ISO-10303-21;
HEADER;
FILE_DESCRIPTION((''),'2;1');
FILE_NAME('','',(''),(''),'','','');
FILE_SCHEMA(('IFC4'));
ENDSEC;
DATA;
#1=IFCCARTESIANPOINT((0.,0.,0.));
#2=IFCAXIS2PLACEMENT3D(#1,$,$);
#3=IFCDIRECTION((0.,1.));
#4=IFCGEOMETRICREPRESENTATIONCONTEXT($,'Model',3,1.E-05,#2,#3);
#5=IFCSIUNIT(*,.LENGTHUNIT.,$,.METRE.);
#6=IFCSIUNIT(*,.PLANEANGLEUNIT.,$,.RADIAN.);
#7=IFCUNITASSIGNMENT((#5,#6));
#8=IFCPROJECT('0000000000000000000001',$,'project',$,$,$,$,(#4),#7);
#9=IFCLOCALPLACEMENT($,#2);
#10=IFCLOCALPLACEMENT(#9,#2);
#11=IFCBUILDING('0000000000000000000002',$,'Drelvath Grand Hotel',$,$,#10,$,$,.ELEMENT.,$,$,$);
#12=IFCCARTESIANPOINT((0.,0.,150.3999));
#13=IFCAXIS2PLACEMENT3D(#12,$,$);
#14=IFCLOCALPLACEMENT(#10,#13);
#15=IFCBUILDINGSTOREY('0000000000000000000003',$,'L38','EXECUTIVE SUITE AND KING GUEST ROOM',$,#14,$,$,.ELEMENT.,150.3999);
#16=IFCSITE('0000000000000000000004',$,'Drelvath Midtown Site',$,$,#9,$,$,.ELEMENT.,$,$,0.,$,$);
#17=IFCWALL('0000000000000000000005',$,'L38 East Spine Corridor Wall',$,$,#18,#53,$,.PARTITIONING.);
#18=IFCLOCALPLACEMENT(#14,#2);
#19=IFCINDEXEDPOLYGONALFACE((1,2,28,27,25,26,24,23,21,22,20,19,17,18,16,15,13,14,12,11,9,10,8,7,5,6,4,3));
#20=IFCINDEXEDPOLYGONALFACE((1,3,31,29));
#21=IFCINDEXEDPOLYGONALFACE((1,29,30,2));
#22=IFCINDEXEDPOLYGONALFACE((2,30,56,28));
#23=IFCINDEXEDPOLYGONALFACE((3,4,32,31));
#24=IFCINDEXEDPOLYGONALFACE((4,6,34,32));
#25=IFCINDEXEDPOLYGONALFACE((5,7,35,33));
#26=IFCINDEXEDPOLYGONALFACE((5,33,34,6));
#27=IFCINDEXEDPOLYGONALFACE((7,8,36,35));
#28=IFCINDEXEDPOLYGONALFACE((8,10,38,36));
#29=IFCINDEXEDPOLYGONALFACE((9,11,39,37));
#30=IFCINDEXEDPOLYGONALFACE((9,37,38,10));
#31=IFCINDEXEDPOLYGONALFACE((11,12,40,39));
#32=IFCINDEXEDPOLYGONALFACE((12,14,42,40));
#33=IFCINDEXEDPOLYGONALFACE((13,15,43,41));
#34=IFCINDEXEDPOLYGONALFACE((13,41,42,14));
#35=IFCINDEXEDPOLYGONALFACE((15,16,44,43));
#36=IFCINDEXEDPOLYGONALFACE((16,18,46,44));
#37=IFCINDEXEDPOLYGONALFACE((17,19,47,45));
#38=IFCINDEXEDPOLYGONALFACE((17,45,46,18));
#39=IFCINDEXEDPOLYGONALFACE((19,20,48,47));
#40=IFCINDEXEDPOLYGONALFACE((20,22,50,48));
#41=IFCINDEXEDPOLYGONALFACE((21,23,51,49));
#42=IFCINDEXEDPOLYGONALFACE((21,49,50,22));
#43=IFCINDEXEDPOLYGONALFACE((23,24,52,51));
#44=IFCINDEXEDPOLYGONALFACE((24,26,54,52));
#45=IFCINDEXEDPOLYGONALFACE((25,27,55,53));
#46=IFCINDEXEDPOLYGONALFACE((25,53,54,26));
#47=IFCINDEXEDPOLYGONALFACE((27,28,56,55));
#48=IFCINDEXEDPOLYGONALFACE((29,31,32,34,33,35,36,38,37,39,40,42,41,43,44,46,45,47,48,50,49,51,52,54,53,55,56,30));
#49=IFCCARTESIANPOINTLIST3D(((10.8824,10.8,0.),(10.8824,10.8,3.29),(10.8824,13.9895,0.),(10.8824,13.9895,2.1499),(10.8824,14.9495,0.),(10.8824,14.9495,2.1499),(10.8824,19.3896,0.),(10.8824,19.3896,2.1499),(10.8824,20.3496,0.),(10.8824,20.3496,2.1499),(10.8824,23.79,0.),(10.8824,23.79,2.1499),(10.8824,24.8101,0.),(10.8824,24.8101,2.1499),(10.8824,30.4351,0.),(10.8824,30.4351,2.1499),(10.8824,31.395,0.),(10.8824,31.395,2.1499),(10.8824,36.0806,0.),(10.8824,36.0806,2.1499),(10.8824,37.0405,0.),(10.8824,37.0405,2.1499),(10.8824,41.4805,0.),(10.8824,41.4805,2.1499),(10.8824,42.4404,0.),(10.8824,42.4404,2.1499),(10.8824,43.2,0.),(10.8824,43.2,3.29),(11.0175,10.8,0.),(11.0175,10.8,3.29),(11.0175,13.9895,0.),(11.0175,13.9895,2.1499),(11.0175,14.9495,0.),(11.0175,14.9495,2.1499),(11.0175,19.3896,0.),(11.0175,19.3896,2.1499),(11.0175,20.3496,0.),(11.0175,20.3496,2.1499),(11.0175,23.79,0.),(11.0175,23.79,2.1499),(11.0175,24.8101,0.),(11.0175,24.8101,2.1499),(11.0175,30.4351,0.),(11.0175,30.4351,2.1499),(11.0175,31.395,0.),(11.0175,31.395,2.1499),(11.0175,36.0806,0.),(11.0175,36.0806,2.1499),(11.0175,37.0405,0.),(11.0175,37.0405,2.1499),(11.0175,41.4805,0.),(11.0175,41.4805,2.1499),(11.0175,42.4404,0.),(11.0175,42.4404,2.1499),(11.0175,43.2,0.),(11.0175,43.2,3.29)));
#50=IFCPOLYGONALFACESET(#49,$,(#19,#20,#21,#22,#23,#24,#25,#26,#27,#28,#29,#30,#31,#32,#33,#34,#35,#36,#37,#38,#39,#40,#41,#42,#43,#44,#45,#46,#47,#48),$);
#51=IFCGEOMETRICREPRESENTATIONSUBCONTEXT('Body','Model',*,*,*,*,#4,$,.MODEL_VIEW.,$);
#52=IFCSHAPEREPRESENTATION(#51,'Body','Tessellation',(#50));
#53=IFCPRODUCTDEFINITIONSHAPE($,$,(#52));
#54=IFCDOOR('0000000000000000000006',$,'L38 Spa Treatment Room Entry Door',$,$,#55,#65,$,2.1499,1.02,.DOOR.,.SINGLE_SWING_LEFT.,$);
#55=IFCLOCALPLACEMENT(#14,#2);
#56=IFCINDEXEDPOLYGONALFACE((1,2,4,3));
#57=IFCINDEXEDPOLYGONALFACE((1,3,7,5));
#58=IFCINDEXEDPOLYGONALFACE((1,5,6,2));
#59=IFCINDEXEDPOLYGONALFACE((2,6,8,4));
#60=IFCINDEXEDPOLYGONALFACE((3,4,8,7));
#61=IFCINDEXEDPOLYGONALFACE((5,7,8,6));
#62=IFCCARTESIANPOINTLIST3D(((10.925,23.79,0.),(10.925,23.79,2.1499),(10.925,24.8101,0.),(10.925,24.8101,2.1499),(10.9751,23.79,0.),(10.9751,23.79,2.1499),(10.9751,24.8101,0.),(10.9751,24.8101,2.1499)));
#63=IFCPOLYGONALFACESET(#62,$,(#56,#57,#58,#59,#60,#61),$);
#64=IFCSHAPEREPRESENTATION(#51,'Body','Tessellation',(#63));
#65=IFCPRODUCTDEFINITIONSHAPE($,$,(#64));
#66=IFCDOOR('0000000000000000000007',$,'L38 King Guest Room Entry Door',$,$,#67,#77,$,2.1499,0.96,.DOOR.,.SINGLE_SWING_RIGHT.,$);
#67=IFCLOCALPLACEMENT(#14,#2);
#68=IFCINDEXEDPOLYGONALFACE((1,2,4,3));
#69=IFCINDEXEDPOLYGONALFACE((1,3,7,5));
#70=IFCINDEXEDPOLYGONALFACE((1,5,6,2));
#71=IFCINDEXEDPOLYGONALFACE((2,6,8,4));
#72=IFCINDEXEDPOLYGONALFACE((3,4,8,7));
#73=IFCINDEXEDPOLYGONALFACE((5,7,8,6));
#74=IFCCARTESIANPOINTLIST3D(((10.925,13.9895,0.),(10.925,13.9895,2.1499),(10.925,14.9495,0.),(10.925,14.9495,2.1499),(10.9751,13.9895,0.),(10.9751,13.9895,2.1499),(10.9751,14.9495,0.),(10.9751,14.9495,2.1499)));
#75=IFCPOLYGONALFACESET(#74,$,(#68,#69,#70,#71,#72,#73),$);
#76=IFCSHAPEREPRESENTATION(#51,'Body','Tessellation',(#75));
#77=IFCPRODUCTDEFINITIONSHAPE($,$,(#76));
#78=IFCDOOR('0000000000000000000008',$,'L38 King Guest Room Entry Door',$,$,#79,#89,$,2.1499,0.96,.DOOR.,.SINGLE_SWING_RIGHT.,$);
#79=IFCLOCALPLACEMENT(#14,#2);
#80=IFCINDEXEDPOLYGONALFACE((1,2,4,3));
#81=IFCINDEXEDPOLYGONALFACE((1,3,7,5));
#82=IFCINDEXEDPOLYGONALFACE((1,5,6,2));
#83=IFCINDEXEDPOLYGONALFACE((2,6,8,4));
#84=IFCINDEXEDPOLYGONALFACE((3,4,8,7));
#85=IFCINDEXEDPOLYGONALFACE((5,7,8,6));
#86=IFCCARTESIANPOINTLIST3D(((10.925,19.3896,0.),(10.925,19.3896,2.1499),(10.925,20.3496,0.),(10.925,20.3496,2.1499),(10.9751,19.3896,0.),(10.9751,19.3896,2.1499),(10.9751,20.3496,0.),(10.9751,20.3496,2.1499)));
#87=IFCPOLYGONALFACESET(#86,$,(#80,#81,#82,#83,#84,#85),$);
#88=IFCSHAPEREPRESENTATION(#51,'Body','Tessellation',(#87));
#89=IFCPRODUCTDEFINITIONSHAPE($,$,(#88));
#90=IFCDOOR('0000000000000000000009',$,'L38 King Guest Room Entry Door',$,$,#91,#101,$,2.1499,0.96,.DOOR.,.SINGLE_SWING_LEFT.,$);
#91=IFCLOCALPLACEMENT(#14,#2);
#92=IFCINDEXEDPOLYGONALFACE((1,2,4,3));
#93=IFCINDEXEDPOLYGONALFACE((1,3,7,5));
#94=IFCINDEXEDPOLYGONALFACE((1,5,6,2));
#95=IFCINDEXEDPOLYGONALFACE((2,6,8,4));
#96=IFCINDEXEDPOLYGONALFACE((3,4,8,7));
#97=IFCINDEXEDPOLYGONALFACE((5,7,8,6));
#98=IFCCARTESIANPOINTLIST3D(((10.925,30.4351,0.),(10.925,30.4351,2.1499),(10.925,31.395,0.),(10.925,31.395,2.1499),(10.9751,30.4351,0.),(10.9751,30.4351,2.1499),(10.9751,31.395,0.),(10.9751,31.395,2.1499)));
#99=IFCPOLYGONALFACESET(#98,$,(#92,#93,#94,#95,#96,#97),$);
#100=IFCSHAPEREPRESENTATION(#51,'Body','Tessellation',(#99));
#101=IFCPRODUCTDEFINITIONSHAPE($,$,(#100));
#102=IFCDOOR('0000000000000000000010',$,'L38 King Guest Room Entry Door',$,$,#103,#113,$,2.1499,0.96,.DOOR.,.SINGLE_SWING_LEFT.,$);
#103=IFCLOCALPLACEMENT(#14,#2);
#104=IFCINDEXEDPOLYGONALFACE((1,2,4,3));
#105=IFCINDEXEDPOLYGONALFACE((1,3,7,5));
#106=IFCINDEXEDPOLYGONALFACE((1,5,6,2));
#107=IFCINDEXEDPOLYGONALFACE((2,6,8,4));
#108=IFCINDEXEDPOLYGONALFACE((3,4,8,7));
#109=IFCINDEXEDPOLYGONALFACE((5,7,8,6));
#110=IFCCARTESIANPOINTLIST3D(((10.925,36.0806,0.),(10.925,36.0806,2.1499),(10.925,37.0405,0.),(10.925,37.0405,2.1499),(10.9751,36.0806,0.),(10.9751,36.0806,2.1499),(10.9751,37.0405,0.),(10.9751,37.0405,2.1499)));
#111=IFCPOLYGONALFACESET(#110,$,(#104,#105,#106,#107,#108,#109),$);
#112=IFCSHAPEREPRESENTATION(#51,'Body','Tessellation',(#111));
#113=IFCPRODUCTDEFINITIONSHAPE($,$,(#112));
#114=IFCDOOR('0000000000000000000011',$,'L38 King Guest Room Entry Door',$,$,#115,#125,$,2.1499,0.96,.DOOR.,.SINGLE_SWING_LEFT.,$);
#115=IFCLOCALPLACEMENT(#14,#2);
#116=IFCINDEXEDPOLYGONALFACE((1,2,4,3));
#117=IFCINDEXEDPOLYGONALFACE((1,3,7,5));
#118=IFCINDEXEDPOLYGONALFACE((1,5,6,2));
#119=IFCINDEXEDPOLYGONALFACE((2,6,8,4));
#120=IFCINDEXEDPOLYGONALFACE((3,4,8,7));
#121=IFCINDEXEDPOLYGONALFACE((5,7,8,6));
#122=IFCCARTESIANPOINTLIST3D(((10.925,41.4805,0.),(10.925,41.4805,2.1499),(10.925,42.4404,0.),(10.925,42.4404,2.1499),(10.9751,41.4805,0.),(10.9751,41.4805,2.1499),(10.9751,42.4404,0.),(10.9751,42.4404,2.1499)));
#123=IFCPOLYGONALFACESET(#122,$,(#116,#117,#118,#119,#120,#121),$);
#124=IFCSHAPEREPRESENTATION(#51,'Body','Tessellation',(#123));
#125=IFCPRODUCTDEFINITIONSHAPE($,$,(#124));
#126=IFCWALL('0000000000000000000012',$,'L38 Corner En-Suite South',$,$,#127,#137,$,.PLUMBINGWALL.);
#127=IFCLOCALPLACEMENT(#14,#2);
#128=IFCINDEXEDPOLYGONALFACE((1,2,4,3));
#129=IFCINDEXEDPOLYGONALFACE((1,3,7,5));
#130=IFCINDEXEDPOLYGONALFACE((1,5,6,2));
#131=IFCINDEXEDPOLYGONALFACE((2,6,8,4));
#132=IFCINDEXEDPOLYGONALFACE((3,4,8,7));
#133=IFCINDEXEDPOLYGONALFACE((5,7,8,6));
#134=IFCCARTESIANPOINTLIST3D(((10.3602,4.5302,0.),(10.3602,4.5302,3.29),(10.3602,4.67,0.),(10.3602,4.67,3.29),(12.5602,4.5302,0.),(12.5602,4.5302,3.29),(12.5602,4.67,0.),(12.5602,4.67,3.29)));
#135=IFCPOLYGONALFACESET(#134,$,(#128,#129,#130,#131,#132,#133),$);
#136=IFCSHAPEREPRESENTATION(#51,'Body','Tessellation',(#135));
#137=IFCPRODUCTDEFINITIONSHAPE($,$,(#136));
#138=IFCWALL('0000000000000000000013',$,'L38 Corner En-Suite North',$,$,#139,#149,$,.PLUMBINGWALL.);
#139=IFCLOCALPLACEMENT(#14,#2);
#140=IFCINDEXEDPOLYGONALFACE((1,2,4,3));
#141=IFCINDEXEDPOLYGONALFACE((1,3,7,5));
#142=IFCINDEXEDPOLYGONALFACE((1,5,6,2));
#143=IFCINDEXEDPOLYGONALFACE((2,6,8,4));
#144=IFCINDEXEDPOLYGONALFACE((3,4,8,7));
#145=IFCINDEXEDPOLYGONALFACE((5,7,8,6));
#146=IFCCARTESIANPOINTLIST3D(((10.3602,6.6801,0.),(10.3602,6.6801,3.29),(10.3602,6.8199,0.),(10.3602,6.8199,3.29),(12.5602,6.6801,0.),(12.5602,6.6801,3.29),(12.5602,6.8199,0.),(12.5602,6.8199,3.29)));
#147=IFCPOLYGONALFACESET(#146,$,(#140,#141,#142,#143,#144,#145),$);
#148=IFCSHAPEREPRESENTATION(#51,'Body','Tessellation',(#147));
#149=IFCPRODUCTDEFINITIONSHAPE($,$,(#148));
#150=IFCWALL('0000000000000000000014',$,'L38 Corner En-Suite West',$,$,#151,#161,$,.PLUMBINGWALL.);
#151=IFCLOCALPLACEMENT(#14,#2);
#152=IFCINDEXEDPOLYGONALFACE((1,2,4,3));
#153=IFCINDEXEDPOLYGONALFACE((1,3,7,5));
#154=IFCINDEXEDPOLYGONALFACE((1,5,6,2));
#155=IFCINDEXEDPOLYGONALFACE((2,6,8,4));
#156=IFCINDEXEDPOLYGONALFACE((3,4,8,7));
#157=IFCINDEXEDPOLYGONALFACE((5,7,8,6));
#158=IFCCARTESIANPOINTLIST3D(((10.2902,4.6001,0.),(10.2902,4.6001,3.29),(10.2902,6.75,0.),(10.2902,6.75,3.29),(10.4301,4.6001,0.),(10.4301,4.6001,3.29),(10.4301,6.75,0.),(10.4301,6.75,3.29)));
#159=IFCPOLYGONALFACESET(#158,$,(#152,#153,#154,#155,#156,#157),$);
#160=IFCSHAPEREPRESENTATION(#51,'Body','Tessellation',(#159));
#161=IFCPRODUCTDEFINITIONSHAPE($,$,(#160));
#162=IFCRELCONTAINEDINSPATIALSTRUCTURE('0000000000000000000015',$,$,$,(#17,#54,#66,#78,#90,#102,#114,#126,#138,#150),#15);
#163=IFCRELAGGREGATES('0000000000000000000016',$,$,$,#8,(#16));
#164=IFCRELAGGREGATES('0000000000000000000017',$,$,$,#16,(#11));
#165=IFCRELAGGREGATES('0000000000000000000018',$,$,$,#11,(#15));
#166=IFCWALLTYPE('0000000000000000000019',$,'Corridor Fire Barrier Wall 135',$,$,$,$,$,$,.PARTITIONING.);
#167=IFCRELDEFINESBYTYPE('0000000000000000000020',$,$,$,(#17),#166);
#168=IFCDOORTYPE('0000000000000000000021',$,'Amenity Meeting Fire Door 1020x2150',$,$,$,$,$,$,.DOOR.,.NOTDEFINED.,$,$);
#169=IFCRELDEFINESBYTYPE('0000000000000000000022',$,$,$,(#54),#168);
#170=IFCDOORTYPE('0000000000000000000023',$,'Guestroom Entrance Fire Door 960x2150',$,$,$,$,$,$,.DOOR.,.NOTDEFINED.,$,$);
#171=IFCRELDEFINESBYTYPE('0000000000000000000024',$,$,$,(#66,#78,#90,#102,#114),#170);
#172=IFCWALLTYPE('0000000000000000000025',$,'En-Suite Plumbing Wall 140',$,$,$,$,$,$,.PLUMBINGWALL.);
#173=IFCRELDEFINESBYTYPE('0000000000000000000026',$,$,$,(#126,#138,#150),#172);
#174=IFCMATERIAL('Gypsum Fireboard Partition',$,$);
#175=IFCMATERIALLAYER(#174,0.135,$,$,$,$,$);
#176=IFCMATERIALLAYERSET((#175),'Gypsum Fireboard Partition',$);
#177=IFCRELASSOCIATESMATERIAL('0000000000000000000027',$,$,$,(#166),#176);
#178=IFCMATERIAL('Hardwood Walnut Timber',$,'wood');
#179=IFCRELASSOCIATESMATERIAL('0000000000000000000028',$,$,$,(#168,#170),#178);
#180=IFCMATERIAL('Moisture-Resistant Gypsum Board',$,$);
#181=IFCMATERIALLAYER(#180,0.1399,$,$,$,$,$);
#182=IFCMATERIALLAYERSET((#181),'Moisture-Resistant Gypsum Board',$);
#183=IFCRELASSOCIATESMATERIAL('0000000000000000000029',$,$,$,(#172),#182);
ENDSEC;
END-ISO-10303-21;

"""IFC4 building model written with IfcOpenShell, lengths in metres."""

from ifc_helpers import new_model, si_unit, direction, frame, frame_2d, origin, place, context, subcontext, project, spatial, rectangle, extrude, material, layer, layer_set, type_object, element, fill, save


model = new_model("IFC4")

# Units and contexts
model_context = context("Model", 3, precision=1e-05, world=origin(), true_north=direction((0.0, 1.0)))
body_context = subcontext(model_context, "Body", "Model", "MODEL_VIEW")
ifc_project = project(units=[si_unit("LENGTHUNIT", "METRE"), si_unit("PLANEANGLEUNIT", "RADIAN")], contexts=[model_context])

# Site, building, storey
site_placement = place(None, origin())
site = spatial("IfcSite", under=ifc_project, at=site_placement, Name="Drelvath Midtown Site", CompositionType="ELEMENT", RefElevation=0.0)
building_placement = place(site_placement, origin())
building = spatial("IfcBuilding", under=site, at=building_placement, Name="Drelvath Grand Hotel", CompositionType="ELEMENT")
storey_placement = place(building_placement, frame((0.0, 0.0, 150.3999)))
storey = spatial("IfcBuildingStorey", under=building, at=storey_placement, Name="L38", Description="EXECUTIVE SUITE AND KING GUEST ROOM", CompositionType="ELEMENT", Elevation=150.3999)

# Wall, openings, doors
ifc_material_1 = material(Name="Gypsum Fireboard Partition")
ifc_layer_1 = layer(ifc_material_1, 0.135)
ifc_layer_set_1 = layer_set([ifc_layer_1], Name="Gypsum Fireboard Partition")
wall_type_1 = type_object("IfcWallType", Name="Corridor Fire Barrier Wall 135", PredefinedType="PARTITIONING", material=ifc_layer_set_1)
wall_1_placement = place(storey_placement, frame((10.95, 10.8, 0.0), z_axis=(0.0, 0.0, 1.0), x_axis=(0.0, 1.0, 0.0)))
wall_1 = element("IfcWall", 1, at=wall_1_placement, inside=storey, type_object=wall_type_1, Name="L38 East Spine Corridor Wall", PredefinedType="PARTITIONING", context=body_context, shape_type="SweptSolid", body=[
    extrude(rectangle(XDim=32.3999, YDim=0.135, at=frame_2d((16.2, 0.0))), origin(), (0.0, 0.0, 1.0), 3.29),
])
opening_1_placement = place(wall_1_placement, frame((3.1895, 0.0, 0.0)))
opening_1 = element("IfcOpeningElement", 2, at=opening_1_placement, cuts=wall_1, PredefinedType="OPENING", context=body_context, shape_type="SweptSolid", body=[
    extrude(rectangle(XDim=0.96, YDim=2.1499, at=frame_2d((0.48, 1.075))), frame((0.0, 0.0774, 0.0), z_axis=(0.0, -1.0, 0.0), x_axis=(1.0, 0.0, 0.0)), (0.0, 0.0, 1.0), 0.155),
])
opening_2_placement = place(wall_1_placement, frame((8.5896, 0.0, 0.0)))
opening_2 = element("IfcOpeningElement", 3, at=opening_2_placement, cuts=wall_1, PredefinedType="OPENING", context=body_context, shape_type="SweptSolid", body=[
    extrude(rectangle(XDim=0.96, YDim=2.1499, at=frame_2d((0.48, 1.075))), frame((0.0, 0.0774, 0.0), z_axis=(0.0, -1.0, 0.0), x_axis=(1.0, 0.0, 0.0)), (0.0, 0.0, 1.0), 0.155),
])
opening_3_placement = place(wall_1_placement, frame((12.99, 0.0, 0.0)))
opening_3 = element("IfcOpeningElement", 4, at=opening_3_placement, cuts=wall_1, PredefinedType="OPENING", context=body_context, shape_type="SweptSolid", body=[
    extrude(rectangle(XDim=1.02, YDim=2.1499, at=frame_2d((0.51, 1.075))), frame((0.0, 0.0774, 0.0), z_axis=(0.0, -1.0, 0.0), x_axis=(1.0, 0.0, 0.0)), (0.0, 0.0, 1.0), 0.155),
])
opening_4_placement = place(wall_1_placement, frame((19.635, 0.0, 0.0)))
opening_4 = element("IfcOpeningElement", 5, at=opening_4_placement, cuts=wall_1, PredefinedType="OPENING", context=body_context, shape_type="SweptSolid", body=[
    extrude(rectangle(XDim=0.96, YDim=2.1499, at=frame_2d((0.48, 1.075))), frame((0.0, 0.0774, 0.0), z_axis=(0.0, -1.0, 0.0), x_axis=(1.0, 0.0, 0.0)), (0.0, 0.0, 1.0), 0.155),
])
opening_5_placement = place(wall_1_placement, frame((25.2805, 0.0, 0.0)))
opening_5 = element("IfcOpeningElement", 6, at=opening_5_placement, cuts=wall_1, PredefinedType="OPENING", context=body_context, shape_type="SweptSolid", body=[
    extrude(rectangle(XDim=0.96, YDim=2.1499, at=frame_2d((0.48, 1.075))), frame((0.0, 0.0774, 0.0), z_axis=(0.0, -1.0, 0.0), x_axis=(1.0, 0.0, 0.0)), (0.0, 0.0, 1.0), 0.155),
])
opening_6_placement = place(wall_1_placement, frame((30.6804, 0.0, 0.0)))
opening_6 = element("IfcOpeningElement", 7, at=opening_6_placement, cuts=wall_1, PredefinedType="OPENING", context=body_context, shape_type="SweptSolid", body=[
    extrude(rectangle(XDim=0.96, YDim=2.1499, at=frame_2d((0.48, 1.075))), frame((0.0, 0.0774, 0.0), z_axis=(0.0, -1.0, 0.0), x_axis=(1.0, 0.0, 0.0)), (0.0, 0.0, 1.0), 0.155),
])
ifc_material_2 = material(Name="Hardwood Walnut Timber", Category="wood")
door_type_1 = type_object("IfcDoorType", Name="Amenity Meeting Fire Door 1020x2150", OperationType="NOTDEFINED", PredefinedType="DOOR", material=ifc_material_2)
door_1_placement = place(opening_3_placement, origin())
door_1 = element("IfcDoor", 8, at=door_1_placement, inside=storey, type_object=door_type_1, Name="L38 Spa Treatment Room Entry Door", OperationType="SINGLE_SWING_LEFT", OverallHeight=2.1499, OverallWidth=1.02, PredefinedType="DOOR", context=body_context, shape_type="SweptSolid", body=[
    extrude(rectangle(XDim=1.02, YDim=2.1499, at=frame_2d((0.51, 1.075))), frame((0.0, 0.0249, 0.0), z_axis=(0.0, -1.0, 0.0), x_axis=(1.0, 0.0, 0.0)), (0.0, 0.0, 1.0), 0.05),
])
fill(opening_3, door_1)
door_type_2 = type_object("IfcDoorType", Name="Guestroom Entrance Fire Door 960x2150", OperationType="NOTDEFINED", PredefinedType="DOOR", material=ifc_material_2)
door_2_placement = place(opening_1_placement, origin())
door_2 = element("IfcDoor", 9, at=door_2_placement, inside=storey, type_object=door_type_2, Name="L38 King Guest Room Entry Door", OperationType="SINGLE_SWING_RIGHT", OverallHeight=2.1499, OverallWidth=0.96, PredefinedType="DOOR", context=body_context, shape_type="SweptSolid", body=[
    extrude(rectangle(XDim=0.96, YDim=2.1499, at=frame_2d((0.48, 1.075))), frame((0.0, 0.0249, 0.0), z_axis=(0.0, -1.0, 0.0), x_axis=(1.0, 0.0, 0.0)), (0.0, 0.0, 1.0), 0.05),
])
fill(opening_1, door_2)
door_3_placement = place(opening_2_placement, origin())
door_3 = element("IfcDoor", 10, at=door_3_placement, inside=storey, type_object=door_type_2, Name="L38 King Guest Room Entry Door", OperationType="SINGLE_SWING_RIGHT", OverallHeight=2.1499, OverallWidth=0.96, PredefinedType="DOOR", context=body_context, shape_type="SweptSolid", body=[
    extrude(rectangle(XDim=0.96, YDim=2.1499, at=frame_2d((0.48, 1.075))), frame((0.0, 0.0249, 0.0), z_axis=(0.0, -1.0, 0.0), x_axis=(1.0, 0.0, 0.0)), (0.0, 0.0, 1.0), 0.05),
])
fill(opening_2, door_3)
door_4_placement = place(opening_4_placement, origin())
door_4 = element("IfcDoor", 11, at=door_4_placement, inside=storey, type_object=door_type_2, Name="L38 King Guest Room Entry Door", OperationType="SINGLE_SWING_LEFT", OverallHeight=2.1499, OverallWidth=0.96, PredefinedType="DOOR", context=body_context, shape_type="SweptSolid", body=[
    extrude(rectangle(XDim=0.96, YDim=2.1499, at=frame_2d((0.48, 1.075))), frame((0.0, 0.0249, 0.0), z_axis=(0.0, -1.0, 0.0), x_axis=(1.0, 0.0, 0.0)), (0.0, 0.0, 1.0), 0.05),
])
fill(opening_4, door_4)
door_5_placement = place(opening_5_placement, origin())
door_5 = element("IfcDoor", 12, at=door_5_placement, inside=storey, type_object=door_type_2, Name="L38 King Guest Room Entry Door", OperationType="SINGLE_SWING_LEFT", OverallHeight=2.1499, OverallWidth=0.96, PredefinedType="DOOR", context=body_context, shape_type="SweptSolid", body=[
    extrude(rectangle(XDim=0.96, YDim=2.1499, at=frame_2d((0.48, 1.075))), frame((0.0, 0.0249, 0.0), z_axis=(0.0, -1.0, 0.0), x_axis=(1.0, 0.0, 0.0)), (0.0, 0.0, 1.0), 0.05),
])
fill(opening_5, door_5)
door_6_placement = place(opening_6_placement, origin())
door_6 = element("IfcDoor", 13, at=door_6_placement, inside=storey, type_object=door_type_2, Name="L38 King Guest Room Entry Door", OperationType="SINGLE_SWING_LEFT", OverallHeight=2.1499, OverallWidth=0.96, PredefinedType="DOOR", context=body_context, shape_type="SweptSolid", body=[
    extrude(rectangle(XDim=0.96, YDim=2.1499, at=frame_2d((0.48, 1.075))), frame((0.0, 0.0249, 0.0), z_axis=(0.0, -1.0, 0.0), x_axis=(1.0, 0.0, 0.0)), (0.0, 0.0, 1.0), 0.05),
])
fill(opening_6, door_6)

# Walls
ifc_material_3 = material(Name="Moisture-Resistant Gypsum Board")
ifc_layer_2 = layer(ifc_material_3, 0.1399)
ifc_layer_set_2 = layer_set([ifc_layer_2], Name="Moisture-Resistant Gypsum Board")
wall_type_2 = type_object("IfcWallType", Name="En-Suite Plumbing Wall 140", PredefinedType="PLUMBINGWALL", material=ifc_layer_set_2)
for number, where, z_axis, x_axis, name in (
    (14, (10.3601, 4.6001, 0.0), (0.0, 0.0, 1.0), (1.0, 0.0, 0.0), "L38 Corner En-Suite South"),
    (15, (10.3601, 6.75, 0.0), (0.0, 0.0, 1.0), (1.0, 0.0, 0.0), "L38 Corner En-Suite North"),
):
    element("IfcWall", number, at=place(storey_placement, frame(where, z_axis=z_axis, x_axis=x_axis)), inside=storey, type_object=wall_type_2, Name=name, PredefinedType="PLUMBINGWALL", context=body_context, shape_type="SweptSolid", body=[
        extrude(rectangle(XDim=2.2, YDim=0.1399, at=frame_2d((1.1001, 0.0))), origin(), (0.0, 0.0, 1.0), 3.29),
    ])
wall_2_placement = place(storey_placement, frame((10.3601, 4.6001, 0.0), z_axis=(0.0, 0.0, 1.0), x_axis=(0.0, 1.0, 0.0)))
element("IfcWall", 16, at=wall_2_placement, inside=storey, type_object=wall_type_2, Name="L38 Corner En-Suite West", PredefinedType="PLUMBINGWALL", context=body_context, shape_type="SweptSolid", body=[
    extrude(rectangle(XDim=2.1499, YDim=0.1399, at=frame_2d((1.075, 0.0))), origin(), (0.0, 0.0, 1.0), 3.29),
])

save(model, "model.ifc")
